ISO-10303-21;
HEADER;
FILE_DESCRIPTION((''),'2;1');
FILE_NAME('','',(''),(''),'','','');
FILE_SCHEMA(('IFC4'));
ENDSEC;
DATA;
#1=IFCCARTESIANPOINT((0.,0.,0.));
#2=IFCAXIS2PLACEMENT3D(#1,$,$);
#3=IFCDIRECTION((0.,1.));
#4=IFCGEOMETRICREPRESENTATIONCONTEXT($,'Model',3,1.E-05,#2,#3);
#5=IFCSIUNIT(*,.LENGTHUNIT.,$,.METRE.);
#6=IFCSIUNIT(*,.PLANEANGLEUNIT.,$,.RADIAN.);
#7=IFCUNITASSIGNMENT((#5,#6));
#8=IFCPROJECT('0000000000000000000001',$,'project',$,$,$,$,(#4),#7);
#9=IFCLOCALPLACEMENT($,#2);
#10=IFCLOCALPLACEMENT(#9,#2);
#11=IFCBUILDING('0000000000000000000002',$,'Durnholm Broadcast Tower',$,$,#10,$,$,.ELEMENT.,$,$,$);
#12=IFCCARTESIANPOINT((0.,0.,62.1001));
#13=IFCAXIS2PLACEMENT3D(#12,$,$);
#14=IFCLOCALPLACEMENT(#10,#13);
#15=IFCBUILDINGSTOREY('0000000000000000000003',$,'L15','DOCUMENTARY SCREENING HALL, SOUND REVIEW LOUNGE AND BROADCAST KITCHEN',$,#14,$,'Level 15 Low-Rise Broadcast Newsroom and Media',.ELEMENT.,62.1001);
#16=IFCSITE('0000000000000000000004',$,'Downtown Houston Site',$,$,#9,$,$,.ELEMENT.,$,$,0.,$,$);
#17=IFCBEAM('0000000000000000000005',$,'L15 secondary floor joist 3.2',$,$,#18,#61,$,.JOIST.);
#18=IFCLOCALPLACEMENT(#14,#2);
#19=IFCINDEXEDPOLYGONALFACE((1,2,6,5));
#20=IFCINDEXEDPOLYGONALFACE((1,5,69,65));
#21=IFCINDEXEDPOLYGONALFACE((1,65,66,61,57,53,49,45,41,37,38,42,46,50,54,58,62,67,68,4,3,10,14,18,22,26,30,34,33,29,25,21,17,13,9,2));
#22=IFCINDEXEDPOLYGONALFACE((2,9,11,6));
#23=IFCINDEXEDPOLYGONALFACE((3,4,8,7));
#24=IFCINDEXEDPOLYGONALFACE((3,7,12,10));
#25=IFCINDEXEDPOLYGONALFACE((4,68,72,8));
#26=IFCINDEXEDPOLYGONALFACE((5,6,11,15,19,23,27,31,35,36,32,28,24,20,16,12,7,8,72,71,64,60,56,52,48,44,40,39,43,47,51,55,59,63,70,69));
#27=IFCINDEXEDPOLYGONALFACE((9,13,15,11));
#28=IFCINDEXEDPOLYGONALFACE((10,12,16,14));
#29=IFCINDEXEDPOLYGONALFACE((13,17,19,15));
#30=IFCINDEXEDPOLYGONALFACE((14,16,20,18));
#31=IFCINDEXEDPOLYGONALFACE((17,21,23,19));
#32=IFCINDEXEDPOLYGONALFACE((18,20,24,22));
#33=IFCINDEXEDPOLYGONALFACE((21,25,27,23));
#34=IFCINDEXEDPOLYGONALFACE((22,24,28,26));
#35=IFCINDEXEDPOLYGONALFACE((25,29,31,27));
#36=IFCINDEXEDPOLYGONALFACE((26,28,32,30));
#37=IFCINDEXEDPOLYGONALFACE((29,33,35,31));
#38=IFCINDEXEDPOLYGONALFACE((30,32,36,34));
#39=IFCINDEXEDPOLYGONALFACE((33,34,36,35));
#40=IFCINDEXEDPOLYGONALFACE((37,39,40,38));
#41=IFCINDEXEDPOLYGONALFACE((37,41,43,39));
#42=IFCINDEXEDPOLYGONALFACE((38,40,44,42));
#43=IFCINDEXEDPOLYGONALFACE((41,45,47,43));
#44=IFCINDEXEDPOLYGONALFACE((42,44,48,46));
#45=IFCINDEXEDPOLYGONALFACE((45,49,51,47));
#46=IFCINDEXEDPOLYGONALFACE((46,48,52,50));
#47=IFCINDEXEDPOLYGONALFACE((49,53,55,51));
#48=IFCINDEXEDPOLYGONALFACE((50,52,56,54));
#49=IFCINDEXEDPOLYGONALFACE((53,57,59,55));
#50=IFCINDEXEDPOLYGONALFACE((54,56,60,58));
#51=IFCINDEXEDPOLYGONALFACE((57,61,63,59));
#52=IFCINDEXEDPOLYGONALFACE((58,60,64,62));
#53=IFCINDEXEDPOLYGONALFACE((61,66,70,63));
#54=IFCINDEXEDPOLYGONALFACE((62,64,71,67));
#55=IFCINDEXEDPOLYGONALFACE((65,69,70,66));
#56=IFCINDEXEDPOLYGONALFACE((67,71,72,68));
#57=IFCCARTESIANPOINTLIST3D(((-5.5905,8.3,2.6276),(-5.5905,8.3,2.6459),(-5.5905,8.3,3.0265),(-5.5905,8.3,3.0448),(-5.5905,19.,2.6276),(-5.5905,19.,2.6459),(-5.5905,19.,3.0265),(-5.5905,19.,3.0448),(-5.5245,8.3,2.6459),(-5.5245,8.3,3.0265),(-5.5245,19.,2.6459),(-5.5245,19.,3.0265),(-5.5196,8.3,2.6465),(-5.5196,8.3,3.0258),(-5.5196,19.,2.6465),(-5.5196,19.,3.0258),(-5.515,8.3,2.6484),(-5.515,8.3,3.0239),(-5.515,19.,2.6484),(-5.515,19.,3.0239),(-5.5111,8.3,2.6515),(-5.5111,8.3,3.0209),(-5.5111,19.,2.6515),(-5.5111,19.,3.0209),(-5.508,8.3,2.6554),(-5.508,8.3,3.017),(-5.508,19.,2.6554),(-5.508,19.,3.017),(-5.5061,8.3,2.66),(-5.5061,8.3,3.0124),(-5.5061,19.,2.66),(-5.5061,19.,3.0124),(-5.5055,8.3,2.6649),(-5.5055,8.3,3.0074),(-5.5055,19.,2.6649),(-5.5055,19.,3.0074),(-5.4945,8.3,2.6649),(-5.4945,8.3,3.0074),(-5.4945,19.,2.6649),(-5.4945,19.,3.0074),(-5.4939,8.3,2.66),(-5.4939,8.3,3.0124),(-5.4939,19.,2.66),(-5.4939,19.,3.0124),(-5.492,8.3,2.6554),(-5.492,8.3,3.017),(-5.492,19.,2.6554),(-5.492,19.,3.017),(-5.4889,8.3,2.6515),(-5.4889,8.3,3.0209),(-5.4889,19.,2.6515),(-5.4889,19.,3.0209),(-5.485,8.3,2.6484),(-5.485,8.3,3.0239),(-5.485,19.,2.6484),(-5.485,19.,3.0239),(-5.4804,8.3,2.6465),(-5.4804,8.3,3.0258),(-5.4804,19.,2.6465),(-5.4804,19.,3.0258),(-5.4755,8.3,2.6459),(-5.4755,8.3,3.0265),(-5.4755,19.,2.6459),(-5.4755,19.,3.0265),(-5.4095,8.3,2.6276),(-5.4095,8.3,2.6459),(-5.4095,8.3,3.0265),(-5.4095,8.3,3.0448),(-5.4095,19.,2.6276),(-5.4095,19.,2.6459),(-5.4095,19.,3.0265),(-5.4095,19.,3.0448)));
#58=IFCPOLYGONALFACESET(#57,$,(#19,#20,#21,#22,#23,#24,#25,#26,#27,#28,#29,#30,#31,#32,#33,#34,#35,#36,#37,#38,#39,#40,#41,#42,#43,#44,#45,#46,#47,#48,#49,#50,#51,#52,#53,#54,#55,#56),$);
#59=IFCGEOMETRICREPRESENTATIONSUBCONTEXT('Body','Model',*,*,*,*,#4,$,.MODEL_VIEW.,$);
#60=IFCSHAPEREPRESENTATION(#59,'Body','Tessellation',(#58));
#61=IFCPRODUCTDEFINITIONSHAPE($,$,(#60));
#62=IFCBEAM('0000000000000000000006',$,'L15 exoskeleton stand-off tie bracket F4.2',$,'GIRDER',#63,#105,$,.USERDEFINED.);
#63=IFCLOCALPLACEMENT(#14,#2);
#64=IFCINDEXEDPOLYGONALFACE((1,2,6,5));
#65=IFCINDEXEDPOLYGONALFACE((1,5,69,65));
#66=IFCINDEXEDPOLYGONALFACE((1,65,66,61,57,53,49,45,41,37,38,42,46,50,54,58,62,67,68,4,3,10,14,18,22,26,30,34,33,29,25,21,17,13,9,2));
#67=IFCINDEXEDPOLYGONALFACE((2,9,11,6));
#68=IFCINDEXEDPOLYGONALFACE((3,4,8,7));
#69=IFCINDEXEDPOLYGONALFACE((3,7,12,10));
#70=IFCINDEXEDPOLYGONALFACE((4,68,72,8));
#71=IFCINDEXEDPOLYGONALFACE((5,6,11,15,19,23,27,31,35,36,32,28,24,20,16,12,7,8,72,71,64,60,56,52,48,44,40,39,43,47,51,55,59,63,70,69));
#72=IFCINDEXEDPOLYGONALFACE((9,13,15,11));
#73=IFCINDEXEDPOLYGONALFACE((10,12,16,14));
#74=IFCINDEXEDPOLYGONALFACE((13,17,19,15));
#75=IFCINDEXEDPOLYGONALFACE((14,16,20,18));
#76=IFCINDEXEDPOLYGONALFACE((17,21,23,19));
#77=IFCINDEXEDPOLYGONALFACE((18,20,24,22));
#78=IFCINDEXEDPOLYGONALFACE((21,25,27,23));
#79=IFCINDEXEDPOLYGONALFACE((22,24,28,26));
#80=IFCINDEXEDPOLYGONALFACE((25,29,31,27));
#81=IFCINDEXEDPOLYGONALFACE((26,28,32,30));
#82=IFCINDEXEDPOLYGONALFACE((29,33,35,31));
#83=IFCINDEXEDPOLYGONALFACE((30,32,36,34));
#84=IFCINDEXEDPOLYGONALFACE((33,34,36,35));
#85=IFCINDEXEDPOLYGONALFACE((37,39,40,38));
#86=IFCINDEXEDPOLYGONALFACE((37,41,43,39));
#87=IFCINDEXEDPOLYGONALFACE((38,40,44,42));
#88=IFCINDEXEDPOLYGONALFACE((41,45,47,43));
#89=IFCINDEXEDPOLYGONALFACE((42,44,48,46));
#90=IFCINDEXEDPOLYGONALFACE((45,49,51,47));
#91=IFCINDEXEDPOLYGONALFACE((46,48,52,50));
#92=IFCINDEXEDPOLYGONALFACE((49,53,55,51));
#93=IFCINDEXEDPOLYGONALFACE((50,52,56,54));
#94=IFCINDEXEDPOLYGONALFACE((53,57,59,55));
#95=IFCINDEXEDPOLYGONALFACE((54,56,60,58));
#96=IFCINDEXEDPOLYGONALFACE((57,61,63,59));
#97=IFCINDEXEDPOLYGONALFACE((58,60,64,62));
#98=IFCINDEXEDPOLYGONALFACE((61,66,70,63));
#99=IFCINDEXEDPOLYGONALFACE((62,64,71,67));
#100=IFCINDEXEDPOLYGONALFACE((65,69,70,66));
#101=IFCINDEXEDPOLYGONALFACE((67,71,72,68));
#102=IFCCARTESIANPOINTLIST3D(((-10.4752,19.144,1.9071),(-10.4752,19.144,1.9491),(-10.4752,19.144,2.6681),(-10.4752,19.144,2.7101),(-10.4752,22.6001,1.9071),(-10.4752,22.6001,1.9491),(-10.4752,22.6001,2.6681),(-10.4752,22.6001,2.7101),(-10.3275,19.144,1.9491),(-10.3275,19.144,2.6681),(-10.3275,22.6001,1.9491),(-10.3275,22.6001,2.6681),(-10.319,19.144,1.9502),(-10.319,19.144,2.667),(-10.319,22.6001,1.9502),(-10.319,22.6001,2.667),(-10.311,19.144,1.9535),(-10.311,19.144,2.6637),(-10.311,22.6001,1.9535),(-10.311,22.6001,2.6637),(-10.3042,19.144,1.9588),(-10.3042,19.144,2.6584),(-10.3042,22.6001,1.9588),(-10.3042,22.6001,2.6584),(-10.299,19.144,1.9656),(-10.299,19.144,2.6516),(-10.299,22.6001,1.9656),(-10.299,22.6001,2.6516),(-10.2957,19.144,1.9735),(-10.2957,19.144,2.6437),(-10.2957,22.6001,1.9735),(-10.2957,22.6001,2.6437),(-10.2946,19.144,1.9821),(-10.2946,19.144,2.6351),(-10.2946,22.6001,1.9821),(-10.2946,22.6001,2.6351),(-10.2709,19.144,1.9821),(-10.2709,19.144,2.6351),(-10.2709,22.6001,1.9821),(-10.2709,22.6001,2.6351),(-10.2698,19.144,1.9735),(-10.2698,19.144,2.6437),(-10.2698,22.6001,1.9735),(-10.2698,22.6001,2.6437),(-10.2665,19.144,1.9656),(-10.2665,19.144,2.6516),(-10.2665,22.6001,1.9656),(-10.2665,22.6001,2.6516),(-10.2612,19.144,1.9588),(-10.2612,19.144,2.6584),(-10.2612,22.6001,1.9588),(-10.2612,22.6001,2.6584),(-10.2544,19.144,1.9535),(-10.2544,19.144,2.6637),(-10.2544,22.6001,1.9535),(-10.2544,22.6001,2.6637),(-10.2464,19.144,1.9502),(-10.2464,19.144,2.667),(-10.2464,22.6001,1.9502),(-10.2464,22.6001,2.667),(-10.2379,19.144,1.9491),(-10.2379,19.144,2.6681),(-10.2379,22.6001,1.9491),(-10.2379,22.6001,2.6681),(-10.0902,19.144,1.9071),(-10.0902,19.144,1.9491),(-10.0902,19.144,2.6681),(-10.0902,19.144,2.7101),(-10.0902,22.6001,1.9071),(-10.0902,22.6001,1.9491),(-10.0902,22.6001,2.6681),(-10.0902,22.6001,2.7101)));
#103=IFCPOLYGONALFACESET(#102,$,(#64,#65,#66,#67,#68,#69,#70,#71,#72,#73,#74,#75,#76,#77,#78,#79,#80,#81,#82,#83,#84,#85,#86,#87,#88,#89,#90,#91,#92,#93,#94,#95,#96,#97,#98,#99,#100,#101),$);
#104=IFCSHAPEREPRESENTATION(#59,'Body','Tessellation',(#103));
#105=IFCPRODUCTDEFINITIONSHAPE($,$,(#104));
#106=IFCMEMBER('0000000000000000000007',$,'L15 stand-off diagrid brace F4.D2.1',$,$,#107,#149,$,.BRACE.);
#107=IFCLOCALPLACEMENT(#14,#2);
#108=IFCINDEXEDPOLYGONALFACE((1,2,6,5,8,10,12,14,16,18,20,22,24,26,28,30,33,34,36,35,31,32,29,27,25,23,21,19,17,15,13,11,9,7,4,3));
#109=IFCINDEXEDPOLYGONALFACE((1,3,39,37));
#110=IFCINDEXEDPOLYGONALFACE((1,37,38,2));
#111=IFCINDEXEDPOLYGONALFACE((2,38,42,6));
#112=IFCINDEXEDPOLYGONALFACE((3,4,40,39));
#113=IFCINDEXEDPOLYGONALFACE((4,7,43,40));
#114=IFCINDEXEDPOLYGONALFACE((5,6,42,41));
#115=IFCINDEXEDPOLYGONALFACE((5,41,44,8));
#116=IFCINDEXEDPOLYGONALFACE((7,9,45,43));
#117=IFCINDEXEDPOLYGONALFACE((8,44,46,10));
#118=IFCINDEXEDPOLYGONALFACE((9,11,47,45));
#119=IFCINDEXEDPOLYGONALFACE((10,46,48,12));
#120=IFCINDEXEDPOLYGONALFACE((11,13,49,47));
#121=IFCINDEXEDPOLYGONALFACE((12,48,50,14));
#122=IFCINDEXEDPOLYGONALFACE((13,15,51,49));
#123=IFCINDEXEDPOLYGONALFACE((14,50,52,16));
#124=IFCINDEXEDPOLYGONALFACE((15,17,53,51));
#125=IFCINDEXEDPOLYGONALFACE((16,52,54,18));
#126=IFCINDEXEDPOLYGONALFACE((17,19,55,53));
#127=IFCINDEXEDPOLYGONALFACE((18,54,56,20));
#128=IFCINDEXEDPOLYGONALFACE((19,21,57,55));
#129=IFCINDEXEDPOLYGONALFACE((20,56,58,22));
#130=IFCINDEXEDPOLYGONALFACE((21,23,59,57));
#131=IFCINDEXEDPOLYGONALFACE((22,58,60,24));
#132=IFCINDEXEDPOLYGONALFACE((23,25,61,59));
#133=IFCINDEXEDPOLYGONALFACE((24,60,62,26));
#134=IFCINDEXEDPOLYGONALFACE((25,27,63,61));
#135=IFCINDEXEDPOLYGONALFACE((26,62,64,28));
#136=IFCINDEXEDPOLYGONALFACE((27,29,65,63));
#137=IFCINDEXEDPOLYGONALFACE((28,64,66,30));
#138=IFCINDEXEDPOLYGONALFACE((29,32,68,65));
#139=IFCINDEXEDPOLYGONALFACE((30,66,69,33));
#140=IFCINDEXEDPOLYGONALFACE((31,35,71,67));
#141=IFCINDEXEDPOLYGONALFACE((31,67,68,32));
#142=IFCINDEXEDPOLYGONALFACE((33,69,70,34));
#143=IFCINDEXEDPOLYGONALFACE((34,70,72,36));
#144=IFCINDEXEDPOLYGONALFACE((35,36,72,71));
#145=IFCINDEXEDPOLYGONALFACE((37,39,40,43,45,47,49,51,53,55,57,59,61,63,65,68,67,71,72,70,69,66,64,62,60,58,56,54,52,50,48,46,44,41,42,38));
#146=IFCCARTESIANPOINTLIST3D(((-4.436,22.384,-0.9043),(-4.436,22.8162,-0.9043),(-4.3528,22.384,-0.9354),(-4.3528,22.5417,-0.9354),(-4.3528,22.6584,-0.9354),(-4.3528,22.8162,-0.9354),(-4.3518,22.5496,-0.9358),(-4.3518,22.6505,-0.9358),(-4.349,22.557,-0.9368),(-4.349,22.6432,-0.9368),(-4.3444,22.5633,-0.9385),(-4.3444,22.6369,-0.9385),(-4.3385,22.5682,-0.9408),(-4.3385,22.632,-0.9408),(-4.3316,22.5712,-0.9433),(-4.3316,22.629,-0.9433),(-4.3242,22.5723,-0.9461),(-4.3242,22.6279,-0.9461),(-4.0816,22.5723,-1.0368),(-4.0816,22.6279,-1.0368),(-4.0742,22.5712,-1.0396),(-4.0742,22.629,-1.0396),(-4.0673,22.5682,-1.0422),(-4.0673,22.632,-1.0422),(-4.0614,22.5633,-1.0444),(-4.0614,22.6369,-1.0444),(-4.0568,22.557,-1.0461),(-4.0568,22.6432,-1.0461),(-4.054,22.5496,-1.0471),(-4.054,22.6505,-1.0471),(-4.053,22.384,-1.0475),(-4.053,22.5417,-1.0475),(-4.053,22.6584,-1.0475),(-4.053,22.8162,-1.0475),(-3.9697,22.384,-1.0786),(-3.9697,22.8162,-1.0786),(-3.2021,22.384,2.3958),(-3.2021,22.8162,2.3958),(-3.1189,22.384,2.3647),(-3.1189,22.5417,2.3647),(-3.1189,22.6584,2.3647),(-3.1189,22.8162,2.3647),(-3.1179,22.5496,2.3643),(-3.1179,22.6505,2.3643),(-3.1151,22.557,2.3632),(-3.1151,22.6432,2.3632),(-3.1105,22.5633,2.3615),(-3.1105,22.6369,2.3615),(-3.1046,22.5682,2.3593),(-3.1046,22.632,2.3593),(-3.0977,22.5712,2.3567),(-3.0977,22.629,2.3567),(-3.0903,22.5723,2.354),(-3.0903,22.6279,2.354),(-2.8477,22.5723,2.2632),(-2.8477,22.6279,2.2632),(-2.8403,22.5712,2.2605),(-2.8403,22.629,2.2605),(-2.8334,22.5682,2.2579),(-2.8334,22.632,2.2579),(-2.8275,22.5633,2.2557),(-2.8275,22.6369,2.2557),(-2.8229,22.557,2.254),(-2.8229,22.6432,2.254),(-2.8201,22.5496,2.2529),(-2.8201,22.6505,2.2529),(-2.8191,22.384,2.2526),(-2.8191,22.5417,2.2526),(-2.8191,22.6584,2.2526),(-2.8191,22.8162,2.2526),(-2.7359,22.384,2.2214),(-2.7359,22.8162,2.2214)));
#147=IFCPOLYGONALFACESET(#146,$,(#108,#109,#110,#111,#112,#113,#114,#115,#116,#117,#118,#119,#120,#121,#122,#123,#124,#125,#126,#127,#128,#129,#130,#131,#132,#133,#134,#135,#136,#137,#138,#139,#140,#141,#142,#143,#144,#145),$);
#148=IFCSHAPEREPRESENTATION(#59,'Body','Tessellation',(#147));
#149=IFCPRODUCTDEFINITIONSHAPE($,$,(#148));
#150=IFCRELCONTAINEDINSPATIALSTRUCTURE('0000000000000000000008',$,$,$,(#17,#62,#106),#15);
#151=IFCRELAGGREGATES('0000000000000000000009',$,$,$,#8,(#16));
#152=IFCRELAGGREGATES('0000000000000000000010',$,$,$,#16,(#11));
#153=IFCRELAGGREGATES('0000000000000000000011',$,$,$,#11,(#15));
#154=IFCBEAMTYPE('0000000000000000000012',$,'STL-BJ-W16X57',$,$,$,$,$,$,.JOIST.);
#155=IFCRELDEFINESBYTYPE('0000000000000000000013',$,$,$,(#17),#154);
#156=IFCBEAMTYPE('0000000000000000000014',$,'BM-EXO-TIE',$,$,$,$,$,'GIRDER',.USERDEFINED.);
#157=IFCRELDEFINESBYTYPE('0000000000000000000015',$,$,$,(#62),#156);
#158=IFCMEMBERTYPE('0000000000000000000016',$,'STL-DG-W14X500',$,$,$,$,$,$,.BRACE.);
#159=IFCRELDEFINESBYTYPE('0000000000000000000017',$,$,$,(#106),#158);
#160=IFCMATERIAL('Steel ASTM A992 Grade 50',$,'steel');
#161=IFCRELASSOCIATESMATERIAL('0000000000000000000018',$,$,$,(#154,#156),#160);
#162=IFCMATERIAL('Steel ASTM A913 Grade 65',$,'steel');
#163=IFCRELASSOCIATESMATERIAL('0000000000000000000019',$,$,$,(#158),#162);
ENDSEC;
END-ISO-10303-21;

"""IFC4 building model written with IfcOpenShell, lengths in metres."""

from ifc_helpers import new_model, si_unit, direction, frame, origin, origin_2d, place, context, subcontext, project, spatial, i_section, extrude, source, transform, mapped, material, material_profile, profile_set, type_object, type_shapes, element, save


model = new_model("IFC4")

# Units and contexts
model_context = context("Model", 3, precision=1e-05, world=origin(), true_north=direction((0.0, 1.0)))
body_context = subcontext(model_context, "Body", "Model", "MODEL_VIEW")
ifc_project = project(units=[si_unit("LENGTHUNIT", "METRE"), si_unit("PLANEANGLEUNIT", "RADIAN")], contexts=[model_context])

# Site, building, storey
site_placement = place(None, origin())
site = spatial("IfcSite", under=ifc_project, at=site_placement, Name="Downtown Houston Site", CompositionType="ELEMENT", RefElevation=0.0)
building_placement = place(site_placement, origin())
building = spatial("IfcBuilding", under=site, at=building_placement, Name="Durnholm Broadcast Tower", CompositionType="ELEMENT")
storey_placement = place(building_placement, frame((0.0, 0.0, 62.1001)))
storey = spatial("IfcBuildingStorey", under=building, at=storey_placement, Name="L15", Description="DOCUMENTARY SCREENING HALL, SOUND REVIEW LOUNGE AND BROADCAST KITCHEN", LongName="Level 15 Low-Rise Broadcast Newsroom and Media", CompositionType="ELEMENT", Elevation=62.1001)

# Beams
ifc_material_1 = material(Name="Steel ASTM A992 Grade 50", Category="steel")
ifc_material_profile_1 = material_profile(ifc_material_1, i_section(OverallWidth=0.1809, OverallDepth=0.4172, WebThickness=0.011, FlangeThickness=0.0183, FilletRadius=0.019, at=origin_2d()), Name="W16X57")
ifc_profile_set_1 = profile_set([ifc_material_profile_1], Name="Steel ASTM A992 Grade 50")
beam_type_1 = type_object("IfcBeamType", Name="STL-BJ-W16X57", PredefinedType="JOIST", material=ifc_profile_set_1)
shared_shape_1 = source(origin(), body_context, "Body", "SweptSolid", [
    extrude(i_section(OverallWidth=0.1809, OverallDepth=0.4172, WebThickness=0.011, FlangeThickness=0.0183, FilletRadius=0.019, at=origin_2d()), origin(), (0.0, 0.0, 1.0), 10.7),
])
type_shapes(beam_type_1, [shared_shape_1])
beam_1_placement = place(storey_placement, frame((-5.5, 8.3, 2.8362), z_axis=(0.0, 1.0, 0.0), x_axis=(-1.0, 0.0, 0.0)))
element("IfcBeam", 1, at=beam_1_placement, inside=storey, type_object=beam_type_1, Name="L15 secondary floor joist 3.2", PredefinedType="JOIST", context=body_context, shape_type="MappedRepresentation", body=[
    mapped(shared_shape_1, transform((0.0, 0.0, 0.0), x_axis=(1.0, 0.0, 0.0), y_axis=(0.0, 1.0, 0.0), z_axis=(0.0, 0.0, 1.0), scale=1.0)),
])
ifc_material_profile_2 = material_profile(ifc_material_1, i_section(OverallWidth=0.385, OverallDepth=0.803, WebThickness=0.0237, FlangeThickness=0.042, FilletRadius=0.033, at=origin_2d()), Name="W30X261")
ifc_profile_set_2 = profile_set([ifc_material_profile_2], Name="Steel ASTM A992 Grade 50")
beam_type_2 = type_object("IfcBeamType", Name="BM-EXO-TIE", ElementType="GIRDER", PredefinedType="USERDEFINED", material=ifc_profile_set_2)
shared_shape_2 = source(origin(), body_context, "Body", "SweptSolid", [
    extrude(i_section(OverallWidth=0.385, OverallDepth=0.803, WebThickness=0.0237, FlangeThickness=0.042, FilletRadius=0.033, at=origin_2d()), origin(), (0.0, 0.0, 1.0), 3.4561),
])
type_shapes(beam_type_2, [shared_shape_2])
beam_2_placement = place(storey_placement, frame((-10.2827, 19.144, 2.3086), z_axis=(0.0, 1.0, 0.0), x_axis=(-1.0, 0.0, 0.0)))
element("IfcBeam", 2, at=beam_2_placement, inside=storey, type_object=beam_type_2, Name="L15 exoskeleton stand-off tie bracket F4.2", ObjectType="GIRDER", PredefinedType="USERDEFINED", context=body_context, shape_type="MappedRepresentation", body=[
    mapped(shared_shape_2, transform((0.0, 0.0, 0.0), x_axis=(1.0, 0.0, 0.0), y_axis=(0.0, 1.0, 0.0), z_axis=(0.0, 0.0, 1.0), scale=1.0)),
])

# Member
ifc_material_2 = material(Name="Steel ASTM A913 Grade 65", Category="steel")
ifc_material_profile_3 = material_profile(ifc_material_2, i_section(OverallWidth=0.4321, OverallDepth=0.4978, WebThickness=0.0557, FlangeThickness=0.0889, FilletRadius=0.0305, at=origin_2d()), Name="W14X500")
ifc_profile_set_3 = profile_set([ifc_material_profile_3], Name="Steel ASTM A913 Grade 65")
member_type_1 = type_object("IfcMemberType", Name="STL-DG-W14X500", PredefinedType="BRACE", material=ifc_profile_set_3)
shared_shape_3 = source(origin(), body_context, "Body", "SweptSolid", [
    extrude(i_section(OverallWidth=0.4321, OverallDepth=0.4978, WebThickness=0.0557, FlangeThickness=0.0889, FilletRadius=0.0305, at=origin_2d()), origin(), (0.0, 0.0, 1.0), 3.5232),
])
type_shapes(member_type_1, [shared_shape_3])
for number, where, z_axis, x_axis, name in (
    (3, (-4.2029, 22.6001, -0.9915), (0.35022, 0.0, 0.936668), (0.0, 1.0, 0.0), "L15 stand-off diagrid brace F4.D2.1"),
):
    element("IfcMember", number, at=place(storey_placement, frame(where, z_axis=z_axis, x_axis=x_axis)), inside=storey, type_object=member_type_1, Name=name, PredefinedType="BRACE", context=body_context, shape_type="MappedRepresentation", body=[
        mapped(shared_shape_3, transform((0.0, 0.0, 0.0), x_axis=(1.0, 0.0, 0.0), y_axis=(0.0, 1.0, 0.0), z_axis=(0.0, 0.0, 1.0), scale=1.0)),
    ])

save(model, "model.ifc")
